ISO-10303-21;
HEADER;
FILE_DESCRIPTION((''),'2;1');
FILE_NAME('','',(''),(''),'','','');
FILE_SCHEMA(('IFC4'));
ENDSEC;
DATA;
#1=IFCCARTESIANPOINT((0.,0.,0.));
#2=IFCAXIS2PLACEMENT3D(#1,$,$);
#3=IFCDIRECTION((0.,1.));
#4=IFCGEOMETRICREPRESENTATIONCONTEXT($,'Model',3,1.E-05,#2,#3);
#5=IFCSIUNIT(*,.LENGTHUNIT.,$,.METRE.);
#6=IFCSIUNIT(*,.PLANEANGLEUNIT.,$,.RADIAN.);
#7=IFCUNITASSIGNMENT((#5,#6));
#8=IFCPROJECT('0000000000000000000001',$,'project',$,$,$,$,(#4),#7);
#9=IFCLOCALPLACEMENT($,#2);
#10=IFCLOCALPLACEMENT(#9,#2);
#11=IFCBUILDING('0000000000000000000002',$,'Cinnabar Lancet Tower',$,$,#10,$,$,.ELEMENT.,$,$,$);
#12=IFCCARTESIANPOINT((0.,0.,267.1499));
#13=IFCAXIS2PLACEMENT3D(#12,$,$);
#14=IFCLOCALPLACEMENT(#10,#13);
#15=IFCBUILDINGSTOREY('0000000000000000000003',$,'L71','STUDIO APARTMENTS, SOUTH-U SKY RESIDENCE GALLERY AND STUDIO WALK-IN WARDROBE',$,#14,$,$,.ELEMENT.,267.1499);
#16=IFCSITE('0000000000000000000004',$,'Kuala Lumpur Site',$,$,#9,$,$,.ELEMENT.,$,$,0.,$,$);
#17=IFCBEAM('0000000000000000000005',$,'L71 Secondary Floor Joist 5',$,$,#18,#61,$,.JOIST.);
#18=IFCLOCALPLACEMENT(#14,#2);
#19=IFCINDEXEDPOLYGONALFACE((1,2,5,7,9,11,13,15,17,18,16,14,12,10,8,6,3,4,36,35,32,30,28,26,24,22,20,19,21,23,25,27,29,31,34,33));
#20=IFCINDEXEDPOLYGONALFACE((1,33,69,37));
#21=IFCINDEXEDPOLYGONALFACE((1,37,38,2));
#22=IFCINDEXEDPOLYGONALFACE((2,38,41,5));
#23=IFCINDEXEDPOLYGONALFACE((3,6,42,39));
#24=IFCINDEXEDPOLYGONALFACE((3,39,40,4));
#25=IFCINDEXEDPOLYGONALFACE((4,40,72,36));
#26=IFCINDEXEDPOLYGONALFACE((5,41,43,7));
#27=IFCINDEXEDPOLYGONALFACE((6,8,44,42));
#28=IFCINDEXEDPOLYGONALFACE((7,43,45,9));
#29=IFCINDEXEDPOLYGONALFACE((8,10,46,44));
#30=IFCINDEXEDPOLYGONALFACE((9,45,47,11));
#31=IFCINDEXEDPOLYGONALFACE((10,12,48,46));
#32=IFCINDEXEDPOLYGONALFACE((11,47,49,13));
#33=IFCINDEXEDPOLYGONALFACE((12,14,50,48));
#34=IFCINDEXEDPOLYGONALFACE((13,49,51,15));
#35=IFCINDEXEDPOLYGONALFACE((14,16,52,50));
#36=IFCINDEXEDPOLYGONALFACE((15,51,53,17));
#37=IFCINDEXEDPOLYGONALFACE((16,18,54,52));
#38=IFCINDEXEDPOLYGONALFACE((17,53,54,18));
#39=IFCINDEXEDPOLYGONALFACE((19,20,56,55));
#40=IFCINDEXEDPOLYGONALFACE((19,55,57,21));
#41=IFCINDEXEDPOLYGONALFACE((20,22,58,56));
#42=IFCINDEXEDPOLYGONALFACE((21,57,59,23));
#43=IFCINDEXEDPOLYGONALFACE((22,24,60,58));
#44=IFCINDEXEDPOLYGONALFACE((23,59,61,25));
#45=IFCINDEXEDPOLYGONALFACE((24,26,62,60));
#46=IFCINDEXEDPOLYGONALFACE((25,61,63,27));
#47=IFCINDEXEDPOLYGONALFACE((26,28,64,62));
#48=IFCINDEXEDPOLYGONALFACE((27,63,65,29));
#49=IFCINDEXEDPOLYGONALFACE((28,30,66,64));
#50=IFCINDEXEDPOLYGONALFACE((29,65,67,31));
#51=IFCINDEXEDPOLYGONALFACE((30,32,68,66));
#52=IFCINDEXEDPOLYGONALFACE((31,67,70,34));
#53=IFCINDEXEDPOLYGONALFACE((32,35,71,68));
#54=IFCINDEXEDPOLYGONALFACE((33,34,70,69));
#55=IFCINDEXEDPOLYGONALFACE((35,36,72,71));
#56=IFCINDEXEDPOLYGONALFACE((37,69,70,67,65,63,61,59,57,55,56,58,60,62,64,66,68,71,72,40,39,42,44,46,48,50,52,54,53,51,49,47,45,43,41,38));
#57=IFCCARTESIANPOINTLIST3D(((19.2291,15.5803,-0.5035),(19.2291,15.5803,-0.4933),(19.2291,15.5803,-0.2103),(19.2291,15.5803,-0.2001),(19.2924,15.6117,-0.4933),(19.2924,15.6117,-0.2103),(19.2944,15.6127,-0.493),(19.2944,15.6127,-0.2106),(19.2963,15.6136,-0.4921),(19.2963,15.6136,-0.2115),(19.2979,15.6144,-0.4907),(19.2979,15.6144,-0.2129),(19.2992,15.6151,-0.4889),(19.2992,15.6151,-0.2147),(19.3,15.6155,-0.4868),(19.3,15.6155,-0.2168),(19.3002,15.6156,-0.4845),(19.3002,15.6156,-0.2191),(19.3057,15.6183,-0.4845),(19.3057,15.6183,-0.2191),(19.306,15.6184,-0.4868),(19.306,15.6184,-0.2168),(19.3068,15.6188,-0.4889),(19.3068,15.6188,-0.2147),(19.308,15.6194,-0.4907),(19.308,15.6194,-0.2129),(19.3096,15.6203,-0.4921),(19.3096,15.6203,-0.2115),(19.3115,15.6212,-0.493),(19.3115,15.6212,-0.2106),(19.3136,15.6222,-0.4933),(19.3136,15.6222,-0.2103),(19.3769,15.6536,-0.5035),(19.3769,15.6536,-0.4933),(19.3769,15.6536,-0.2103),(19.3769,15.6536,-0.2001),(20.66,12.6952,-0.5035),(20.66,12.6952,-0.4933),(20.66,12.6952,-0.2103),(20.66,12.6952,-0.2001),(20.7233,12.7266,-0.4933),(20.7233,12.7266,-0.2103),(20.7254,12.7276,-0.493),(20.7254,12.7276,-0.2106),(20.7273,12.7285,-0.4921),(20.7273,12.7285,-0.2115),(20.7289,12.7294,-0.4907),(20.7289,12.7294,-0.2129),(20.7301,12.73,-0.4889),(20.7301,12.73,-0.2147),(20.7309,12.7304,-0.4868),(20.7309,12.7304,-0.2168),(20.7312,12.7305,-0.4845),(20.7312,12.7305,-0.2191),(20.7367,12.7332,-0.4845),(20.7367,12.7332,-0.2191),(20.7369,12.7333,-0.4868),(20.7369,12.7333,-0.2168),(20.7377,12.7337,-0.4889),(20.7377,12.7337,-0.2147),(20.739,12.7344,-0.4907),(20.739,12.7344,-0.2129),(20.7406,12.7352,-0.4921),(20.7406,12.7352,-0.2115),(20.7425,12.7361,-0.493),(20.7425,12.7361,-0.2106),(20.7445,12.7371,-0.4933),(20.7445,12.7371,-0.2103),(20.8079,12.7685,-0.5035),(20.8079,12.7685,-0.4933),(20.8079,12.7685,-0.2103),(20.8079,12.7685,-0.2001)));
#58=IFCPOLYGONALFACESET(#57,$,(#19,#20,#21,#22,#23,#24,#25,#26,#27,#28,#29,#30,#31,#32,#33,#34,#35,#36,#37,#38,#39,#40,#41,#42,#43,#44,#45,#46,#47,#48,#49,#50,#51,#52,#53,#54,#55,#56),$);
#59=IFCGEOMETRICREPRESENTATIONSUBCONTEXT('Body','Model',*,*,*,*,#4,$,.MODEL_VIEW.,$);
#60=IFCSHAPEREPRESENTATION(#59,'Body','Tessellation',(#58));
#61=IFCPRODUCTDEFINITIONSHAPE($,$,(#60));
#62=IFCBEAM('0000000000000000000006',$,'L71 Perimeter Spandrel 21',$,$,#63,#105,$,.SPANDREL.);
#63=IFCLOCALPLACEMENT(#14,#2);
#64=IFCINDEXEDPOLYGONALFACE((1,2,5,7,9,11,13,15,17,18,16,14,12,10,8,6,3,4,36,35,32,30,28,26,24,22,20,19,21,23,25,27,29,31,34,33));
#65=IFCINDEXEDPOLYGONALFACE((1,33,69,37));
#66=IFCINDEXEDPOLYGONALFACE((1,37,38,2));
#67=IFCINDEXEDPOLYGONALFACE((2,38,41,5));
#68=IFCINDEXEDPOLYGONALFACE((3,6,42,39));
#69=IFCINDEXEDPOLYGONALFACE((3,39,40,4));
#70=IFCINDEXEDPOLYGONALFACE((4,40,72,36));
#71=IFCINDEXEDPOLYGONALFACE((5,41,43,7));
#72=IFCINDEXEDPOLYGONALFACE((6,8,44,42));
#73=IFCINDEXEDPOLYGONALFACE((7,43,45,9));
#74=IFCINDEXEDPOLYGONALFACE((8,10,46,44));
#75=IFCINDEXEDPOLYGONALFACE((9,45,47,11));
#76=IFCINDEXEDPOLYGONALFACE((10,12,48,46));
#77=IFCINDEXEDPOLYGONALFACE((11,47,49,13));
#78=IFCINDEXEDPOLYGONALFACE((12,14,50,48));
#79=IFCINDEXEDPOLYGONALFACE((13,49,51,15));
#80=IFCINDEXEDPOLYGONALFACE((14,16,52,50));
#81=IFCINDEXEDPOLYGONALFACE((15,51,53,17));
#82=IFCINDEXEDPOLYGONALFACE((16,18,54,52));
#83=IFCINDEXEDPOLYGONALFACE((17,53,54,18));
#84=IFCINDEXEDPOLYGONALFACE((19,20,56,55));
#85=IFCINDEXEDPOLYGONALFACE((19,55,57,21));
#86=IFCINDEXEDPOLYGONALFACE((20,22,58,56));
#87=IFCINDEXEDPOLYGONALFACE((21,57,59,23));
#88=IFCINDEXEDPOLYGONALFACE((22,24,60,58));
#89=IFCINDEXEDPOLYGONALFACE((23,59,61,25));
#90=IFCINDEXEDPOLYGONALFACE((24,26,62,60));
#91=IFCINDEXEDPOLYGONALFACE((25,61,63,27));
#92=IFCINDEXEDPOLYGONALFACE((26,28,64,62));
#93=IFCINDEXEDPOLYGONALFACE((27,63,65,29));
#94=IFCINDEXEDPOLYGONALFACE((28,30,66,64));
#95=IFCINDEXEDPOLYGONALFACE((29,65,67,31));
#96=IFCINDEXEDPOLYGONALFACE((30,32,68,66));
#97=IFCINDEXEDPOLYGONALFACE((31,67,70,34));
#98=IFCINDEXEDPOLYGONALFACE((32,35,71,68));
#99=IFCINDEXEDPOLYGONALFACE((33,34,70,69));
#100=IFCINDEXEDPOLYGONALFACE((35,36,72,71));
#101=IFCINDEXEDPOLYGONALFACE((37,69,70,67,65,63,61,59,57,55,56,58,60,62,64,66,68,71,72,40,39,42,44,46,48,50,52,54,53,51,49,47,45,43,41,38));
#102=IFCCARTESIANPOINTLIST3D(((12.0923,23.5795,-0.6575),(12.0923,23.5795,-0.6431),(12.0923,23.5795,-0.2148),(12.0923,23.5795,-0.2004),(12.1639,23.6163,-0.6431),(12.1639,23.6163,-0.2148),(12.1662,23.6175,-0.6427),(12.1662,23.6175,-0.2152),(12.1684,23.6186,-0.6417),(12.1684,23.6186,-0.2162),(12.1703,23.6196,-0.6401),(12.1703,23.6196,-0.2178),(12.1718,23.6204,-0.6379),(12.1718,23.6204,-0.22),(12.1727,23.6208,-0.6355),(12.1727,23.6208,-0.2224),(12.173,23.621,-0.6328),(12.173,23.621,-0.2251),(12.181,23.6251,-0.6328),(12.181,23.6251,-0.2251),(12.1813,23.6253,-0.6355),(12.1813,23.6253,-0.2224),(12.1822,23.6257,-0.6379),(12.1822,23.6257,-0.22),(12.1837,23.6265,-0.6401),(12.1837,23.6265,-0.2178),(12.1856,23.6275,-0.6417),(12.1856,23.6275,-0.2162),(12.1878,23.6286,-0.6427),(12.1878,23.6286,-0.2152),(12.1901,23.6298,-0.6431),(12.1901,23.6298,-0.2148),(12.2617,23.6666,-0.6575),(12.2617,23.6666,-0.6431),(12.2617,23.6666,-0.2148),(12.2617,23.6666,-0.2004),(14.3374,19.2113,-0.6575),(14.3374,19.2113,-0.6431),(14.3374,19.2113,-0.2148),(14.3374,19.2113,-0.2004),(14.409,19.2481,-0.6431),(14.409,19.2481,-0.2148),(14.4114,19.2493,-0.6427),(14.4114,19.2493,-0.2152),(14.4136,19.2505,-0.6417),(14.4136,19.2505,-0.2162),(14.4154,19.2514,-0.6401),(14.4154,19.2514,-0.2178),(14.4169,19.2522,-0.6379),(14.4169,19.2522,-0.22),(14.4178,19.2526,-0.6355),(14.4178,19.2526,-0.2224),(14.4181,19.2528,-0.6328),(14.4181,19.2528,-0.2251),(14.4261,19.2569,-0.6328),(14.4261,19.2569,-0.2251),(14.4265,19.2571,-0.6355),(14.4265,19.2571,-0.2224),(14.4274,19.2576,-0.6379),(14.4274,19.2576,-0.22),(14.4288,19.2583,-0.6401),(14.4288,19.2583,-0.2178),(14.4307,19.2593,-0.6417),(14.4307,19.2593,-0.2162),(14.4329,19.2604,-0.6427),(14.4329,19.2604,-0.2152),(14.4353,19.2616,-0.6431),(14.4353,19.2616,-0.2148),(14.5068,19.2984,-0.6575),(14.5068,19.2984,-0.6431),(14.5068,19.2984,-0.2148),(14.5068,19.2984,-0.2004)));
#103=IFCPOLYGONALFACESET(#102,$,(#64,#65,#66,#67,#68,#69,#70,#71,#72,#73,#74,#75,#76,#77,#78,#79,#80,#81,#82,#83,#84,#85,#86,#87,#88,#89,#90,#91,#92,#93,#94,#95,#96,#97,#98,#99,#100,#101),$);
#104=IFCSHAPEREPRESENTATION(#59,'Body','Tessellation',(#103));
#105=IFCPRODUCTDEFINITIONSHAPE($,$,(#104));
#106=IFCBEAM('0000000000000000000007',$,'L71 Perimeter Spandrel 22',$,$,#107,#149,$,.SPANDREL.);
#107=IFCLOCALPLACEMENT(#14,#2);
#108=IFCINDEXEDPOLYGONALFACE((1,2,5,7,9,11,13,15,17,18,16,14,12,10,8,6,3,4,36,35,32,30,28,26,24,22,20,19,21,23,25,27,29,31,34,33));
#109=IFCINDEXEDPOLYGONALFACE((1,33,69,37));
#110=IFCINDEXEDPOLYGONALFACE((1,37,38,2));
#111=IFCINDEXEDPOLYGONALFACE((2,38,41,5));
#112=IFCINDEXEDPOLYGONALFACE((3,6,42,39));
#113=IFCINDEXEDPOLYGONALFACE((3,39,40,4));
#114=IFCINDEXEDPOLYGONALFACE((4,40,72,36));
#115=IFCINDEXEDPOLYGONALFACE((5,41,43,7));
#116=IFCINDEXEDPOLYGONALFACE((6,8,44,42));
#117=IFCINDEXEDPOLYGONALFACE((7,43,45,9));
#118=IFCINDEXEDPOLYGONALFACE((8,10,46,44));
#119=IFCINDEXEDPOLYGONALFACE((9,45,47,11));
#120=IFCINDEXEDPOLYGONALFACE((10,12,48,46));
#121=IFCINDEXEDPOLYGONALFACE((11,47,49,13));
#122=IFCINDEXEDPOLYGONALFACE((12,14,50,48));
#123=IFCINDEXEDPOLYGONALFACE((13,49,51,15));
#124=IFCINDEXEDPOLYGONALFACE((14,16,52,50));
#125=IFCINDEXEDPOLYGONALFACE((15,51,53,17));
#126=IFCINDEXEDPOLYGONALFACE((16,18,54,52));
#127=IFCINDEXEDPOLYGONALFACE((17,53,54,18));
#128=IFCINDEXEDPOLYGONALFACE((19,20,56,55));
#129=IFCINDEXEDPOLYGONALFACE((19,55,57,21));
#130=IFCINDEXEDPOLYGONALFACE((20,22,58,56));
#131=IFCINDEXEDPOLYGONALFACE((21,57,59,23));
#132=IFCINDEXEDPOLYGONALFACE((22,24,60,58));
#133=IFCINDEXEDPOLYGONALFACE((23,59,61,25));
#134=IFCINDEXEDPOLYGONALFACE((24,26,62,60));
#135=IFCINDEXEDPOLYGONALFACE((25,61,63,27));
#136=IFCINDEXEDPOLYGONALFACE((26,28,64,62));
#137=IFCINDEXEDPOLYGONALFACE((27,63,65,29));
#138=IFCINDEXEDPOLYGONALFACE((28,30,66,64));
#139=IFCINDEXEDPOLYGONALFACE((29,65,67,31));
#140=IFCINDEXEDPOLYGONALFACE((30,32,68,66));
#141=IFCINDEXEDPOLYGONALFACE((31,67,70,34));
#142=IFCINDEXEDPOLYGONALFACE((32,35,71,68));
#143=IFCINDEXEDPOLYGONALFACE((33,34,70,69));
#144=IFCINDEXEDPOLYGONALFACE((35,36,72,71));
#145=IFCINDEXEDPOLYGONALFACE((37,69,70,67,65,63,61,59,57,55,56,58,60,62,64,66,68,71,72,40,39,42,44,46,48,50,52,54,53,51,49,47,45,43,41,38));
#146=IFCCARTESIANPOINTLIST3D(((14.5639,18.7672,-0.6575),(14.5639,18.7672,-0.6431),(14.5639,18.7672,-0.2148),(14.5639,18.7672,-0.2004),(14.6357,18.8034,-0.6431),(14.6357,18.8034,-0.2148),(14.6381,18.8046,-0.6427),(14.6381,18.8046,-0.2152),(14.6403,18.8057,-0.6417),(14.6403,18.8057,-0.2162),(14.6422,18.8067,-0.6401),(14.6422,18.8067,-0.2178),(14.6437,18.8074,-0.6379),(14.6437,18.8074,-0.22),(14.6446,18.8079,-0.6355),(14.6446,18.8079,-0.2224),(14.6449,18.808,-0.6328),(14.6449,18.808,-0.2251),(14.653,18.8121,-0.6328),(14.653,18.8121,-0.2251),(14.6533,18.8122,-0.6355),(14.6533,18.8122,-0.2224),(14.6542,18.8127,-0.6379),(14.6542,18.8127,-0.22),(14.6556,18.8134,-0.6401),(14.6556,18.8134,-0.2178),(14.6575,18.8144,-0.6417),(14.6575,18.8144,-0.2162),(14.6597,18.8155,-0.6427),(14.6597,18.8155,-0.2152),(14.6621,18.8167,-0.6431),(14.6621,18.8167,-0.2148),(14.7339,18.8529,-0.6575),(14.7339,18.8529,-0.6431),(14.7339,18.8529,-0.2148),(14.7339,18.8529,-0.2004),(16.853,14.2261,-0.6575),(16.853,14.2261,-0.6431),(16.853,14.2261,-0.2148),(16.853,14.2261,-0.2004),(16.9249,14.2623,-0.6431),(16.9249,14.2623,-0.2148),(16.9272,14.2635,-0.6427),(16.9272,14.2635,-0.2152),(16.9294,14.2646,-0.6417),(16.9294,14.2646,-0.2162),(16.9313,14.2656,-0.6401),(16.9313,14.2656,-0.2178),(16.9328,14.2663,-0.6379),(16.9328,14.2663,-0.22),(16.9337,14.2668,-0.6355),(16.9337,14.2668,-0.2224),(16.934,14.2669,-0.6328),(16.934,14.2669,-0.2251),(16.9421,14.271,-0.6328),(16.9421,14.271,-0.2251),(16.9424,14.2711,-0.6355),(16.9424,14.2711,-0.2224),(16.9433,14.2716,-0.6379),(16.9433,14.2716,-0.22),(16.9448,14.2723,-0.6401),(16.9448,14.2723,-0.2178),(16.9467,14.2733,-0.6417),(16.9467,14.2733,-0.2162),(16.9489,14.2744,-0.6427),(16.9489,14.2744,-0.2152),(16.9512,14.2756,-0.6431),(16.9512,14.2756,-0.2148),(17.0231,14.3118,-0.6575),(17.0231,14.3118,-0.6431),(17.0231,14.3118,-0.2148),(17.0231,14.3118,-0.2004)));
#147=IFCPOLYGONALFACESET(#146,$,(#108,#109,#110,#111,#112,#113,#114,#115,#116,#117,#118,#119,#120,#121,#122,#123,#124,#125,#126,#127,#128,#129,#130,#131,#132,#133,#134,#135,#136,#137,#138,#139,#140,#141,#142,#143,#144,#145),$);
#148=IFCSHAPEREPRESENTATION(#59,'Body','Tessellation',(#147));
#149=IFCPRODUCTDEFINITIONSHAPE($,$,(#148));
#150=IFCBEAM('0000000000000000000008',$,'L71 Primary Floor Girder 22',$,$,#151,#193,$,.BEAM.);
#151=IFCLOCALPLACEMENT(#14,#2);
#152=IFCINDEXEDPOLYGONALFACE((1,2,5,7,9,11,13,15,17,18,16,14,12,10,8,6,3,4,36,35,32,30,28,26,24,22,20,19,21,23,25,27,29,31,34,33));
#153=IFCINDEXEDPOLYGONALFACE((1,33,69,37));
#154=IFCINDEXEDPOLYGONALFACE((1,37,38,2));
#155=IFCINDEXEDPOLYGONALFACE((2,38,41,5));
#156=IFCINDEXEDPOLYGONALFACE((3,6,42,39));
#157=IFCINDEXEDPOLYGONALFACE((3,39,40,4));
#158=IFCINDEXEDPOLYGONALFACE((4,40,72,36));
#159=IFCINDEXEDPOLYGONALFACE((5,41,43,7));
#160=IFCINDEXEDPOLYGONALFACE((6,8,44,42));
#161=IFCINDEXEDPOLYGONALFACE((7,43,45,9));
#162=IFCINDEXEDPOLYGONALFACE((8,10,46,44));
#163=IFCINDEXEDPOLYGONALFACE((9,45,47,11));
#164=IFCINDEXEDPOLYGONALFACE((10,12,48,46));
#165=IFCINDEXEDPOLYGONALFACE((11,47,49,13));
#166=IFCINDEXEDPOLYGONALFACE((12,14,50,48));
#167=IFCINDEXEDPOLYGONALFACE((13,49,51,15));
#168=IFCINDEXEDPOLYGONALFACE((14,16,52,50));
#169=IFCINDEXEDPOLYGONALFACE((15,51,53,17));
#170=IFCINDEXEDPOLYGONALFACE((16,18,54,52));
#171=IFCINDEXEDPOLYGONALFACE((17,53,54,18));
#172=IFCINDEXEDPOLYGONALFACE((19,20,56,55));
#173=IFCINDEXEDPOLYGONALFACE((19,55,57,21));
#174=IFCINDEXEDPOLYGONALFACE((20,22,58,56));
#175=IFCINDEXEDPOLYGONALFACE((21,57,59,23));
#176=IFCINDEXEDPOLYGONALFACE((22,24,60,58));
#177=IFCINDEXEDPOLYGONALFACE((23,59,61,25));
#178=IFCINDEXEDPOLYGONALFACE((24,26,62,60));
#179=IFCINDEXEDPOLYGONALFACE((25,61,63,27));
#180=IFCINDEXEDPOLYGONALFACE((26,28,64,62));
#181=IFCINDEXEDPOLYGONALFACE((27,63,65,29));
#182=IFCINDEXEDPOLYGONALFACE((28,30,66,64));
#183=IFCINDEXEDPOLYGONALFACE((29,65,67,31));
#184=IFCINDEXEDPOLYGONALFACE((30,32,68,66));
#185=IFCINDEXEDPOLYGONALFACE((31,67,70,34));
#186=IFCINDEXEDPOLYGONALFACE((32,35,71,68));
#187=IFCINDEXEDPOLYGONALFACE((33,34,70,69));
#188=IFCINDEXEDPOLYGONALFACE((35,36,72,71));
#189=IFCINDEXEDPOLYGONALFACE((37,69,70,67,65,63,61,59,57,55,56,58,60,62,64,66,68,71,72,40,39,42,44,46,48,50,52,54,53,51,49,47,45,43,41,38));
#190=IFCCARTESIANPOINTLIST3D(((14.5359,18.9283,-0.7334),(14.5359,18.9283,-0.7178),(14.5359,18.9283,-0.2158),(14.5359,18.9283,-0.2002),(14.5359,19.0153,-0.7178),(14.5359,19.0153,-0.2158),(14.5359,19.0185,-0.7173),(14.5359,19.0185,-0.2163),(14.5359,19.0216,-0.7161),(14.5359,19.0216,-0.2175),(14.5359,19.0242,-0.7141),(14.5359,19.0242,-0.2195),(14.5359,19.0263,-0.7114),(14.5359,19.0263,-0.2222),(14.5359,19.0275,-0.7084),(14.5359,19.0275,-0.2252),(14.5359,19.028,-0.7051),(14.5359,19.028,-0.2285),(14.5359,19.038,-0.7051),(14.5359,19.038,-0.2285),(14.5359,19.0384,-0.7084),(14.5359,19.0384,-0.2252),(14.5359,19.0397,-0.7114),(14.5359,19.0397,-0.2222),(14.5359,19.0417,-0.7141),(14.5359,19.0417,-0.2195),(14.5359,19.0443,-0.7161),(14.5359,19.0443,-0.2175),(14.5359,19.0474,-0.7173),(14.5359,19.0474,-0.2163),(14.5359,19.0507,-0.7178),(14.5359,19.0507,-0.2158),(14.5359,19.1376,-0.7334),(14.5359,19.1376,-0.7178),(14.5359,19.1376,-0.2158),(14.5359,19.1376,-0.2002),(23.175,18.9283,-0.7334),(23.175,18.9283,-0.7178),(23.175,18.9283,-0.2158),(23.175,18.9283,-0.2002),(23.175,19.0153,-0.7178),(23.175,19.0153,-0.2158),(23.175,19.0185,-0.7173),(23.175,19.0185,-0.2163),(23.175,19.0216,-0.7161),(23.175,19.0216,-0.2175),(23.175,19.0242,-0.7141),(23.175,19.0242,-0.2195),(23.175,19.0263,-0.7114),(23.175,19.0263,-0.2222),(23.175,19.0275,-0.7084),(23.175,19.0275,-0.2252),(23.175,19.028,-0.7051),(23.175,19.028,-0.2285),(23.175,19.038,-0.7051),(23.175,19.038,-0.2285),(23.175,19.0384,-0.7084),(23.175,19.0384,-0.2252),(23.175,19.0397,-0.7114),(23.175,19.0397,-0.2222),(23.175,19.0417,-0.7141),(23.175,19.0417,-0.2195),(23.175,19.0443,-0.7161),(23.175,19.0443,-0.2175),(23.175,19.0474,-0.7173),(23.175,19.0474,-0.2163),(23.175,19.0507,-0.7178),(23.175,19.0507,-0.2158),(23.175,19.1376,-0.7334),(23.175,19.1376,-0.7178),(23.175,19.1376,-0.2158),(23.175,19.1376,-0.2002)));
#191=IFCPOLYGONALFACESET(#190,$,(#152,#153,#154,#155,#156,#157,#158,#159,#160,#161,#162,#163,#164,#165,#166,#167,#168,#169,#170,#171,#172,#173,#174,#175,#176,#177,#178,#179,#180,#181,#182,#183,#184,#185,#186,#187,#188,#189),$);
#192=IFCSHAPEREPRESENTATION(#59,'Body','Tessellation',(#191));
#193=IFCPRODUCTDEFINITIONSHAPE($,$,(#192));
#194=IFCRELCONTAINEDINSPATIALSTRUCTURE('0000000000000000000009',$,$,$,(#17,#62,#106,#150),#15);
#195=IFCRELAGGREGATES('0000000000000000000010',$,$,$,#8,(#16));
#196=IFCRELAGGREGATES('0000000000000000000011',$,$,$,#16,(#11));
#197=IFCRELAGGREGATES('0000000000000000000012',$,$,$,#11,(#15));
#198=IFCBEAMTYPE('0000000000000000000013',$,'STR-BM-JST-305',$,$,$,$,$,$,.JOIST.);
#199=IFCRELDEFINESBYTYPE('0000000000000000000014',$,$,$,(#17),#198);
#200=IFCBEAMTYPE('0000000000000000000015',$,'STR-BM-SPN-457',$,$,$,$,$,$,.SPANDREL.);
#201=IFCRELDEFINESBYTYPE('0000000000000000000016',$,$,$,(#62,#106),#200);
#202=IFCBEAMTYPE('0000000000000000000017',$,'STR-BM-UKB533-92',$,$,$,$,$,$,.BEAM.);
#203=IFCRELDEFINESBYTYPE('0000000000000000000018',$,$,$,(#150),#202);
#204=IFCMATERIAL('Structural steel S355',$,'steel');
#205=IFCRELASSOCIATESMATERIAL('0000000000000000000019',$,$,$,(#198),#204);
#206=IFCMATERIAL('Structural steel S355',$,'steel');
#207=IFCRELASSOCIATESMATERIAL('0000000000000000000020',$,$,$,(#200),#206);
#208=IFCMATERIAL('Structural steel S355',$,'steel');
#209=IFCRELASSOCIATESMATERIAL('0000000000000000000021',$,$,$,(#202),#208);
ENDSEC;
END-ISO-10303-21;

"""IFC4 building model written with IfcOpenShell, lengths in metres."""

from ifc_helpers import new_model, si_unit, direction, frame, origin, origin_2d, place, context, subcontext, project, spatial, i_section, extrude, material, material_profile, profile_set, type_object, element, save


model = new_model("IFC4")

# Units and contexts
model_context = context("Model", 3, precision=1e-05, world=origin(), true_north=direction((0.0, 1.0)))
body_context = subcontext(model_context, "Body", "Model", "MODEL_VIEW")
ifc_project = project(units=[si_unit("LENGTHUNIT", "METRE"), si_unit("PLANEANGLEUNIT", "RADIAN")], contexts=[model_context])

# Site, building, storey
site_placement = place(None, origin())
site = spatial("IfcSite", under=ifc_project, at=site_placement, Name="Kuala Lumpur Site", CompositionType="ELEMENT", RefElevation=0.0)
building_placement = place(site_placement, origin())
building = spatial("IfcBuilding", under=site, at=building_placement, Name="Cinnabar Lancet Tower", CompositionType="ELEMENT")
storey_placement = place(building_placement, frame((0.0, 0.0, 267.1499)))
storey = spatial("IfcBuildingStorey", under=building, at=storey_placement, Name="L71", Description="STUDIO APARTMENTS, SOUTH-U SKY RESIDENCE GALLERY AND STUDIO WALK-IN WARDROBE", CompositionType="ELEMENT", Elevation=267.1499)

# Beams
ifc_material_1 = material(Name="Structural steel S355", Category="steel")
ifc_material_profile_1 = material_profile(ifc_material_1, i_section(OverallWidth=0.165, OverallDepth=0.3035, WebThickness=0.0061, FlangeThickness=0.0103, FilletRadius=0.0088, at=origin_2d()), Name="UKB 305x165x40")
ifc_profile_set_1 = profile_set([ifc_material_profile_1], Name="Structural steel S355")
beam_type_1 = type_object("IfcBeamType", Name="STR-BM-JST-305", PredefinedType="JOIST", material=ifc_profile_set_1)
beam_1_placement = place(storey_placement, frame((19.303, 15.6169, -0.3518), z_axis=(0.44433, -0.895863, 0.0), x_axis=(0.895863, 0.44433, 0.0)))
element("IfcBeam", 1, at=beam_1_placement, inside=storey, type_object=beam_type_1, Name="L71 Secondary Floor Joist 5", PredefinedType="JOIST", context=body_context, shape_type="SweptSolid", body=[
    extrude(i_section(OverallWidth=0.165, OverallDepth=0.3035, WebThickness=0.0061, FlangeThickness=0.0103, FilletRadius=0.0088, at=origin_2d()), origin(), (0.0, 0.0, 1.0), 3.2205),
])
ifc_material_2 = material(Name="Structural steel S355", Category="steel")
ifc_material_profile_2 = material_profile(ifc_material_2, i_section(OverallWidth=0.1904, OverallDepth=0.457, WebThickness=0.009, FlangeThickness=0.0144, FilletRadius=0.0103, at=origin_2d()), Name="UKB 457x191x74")
ifc_profile_set_2 = profile_set([ifc_material_profile_2], Name="Structural steel S355")
beam_type_2 = type_object("IfcBeamType", Name="STR-BM-SPN-457", PredefinedType="SPANDREL", material=ifc_profile_set_2)
beam_2_placement = place(storey_placement, frame((12.177, 23.623, -0.429), z_axis=(0.457128, -0.889401, 0.0), x_axis=(0.889401, 0.457128, 0.0)))
element("IfcBeam", 2, at=beam_2_placement, inside=storey, type_object=beam_type_2, Name="L71 Perimeter Spandrel 21", PredefinedType="SPANDREL", context=body_context, shape_type="SweptSolid", body=[
    extrude(i_section(OverallWidth=0.1904, OverallDepth=0.457, WebThickness=0.009, FlangeThickness=0.0144, FilletRadius=0.0103, at=origin_2d()), origin(), (0.0, 0.0, 1.0), 4.9114),
])
beam_3_placement = place(storey_placement, frame((14.6489, 18.8101, -0.429), z_axis=(0.45013, -0.892963, 0.0), x_axis=(0.892963, 0.45013, 0.0)))
element("IfcBeam", 3, at=beam_3_placement, inside=storey, type_object=beam_type_2, Name="L71 Perimeter Spandrel 22", PredefinedType="SPANDREL", context=body_context, shape_type="SweptSolid", body=[
    extrude(i_section(OverallWidth=0.1904, OverallDepth=0.457, WebThickness=0.009, FlangeThickness=0.0144, FilletRadius=0.0103, at=origin_2d()), origin(), (0.0, 0.0, 1.0), 5.0854),
])
ifc_material_3 = material(Name="Structural steel S355", Category="steel")
ifc_material_profile_3 = material_profile(ifc_material_3, i_section(OverallWidth=0.2092, OverallDepth=0.5332, WebThickness=0.01, FlangeThickness=0.0156, FilletRadius=0.0127, at=origin_2d()), Name="UKB 533x210x92")
ifc_profile_set_3 = profile_set([ifc_material_profile_3], Name="Structural steel S355")
beam_type_3 = type_object("IfcBeamType", Name="STR-BM-UKB533-92", PredefinedType="BEAM", material=ifc_profile_set_3)
beam_4_placement = place(storey_placement, frame((14.5359, 19.033, -0.4668), z_axis=(1.0, 0.0, 0.0), x_axis=(0.0, 1.0, 0.0)))
element("IfcBeam", 4, at=beam_4_placement, inside=storey, type_object=beam_type_3, Name="L71 Primary Floor Girder 22", PredefinedType="BEAM", context=body_context, shape_type="SweptSolid", body=[
    extrude(i_section(OverallWidth=0.2092, OverallDepth=0.5332, WebThickness=0.01, FlangeThickness=0.0156, FilletRadius=0.0127, at=origin_2d()), origin(), (0.0, 0.0, 1.0), 8.6392),
])

save(model, "model.ifc")
